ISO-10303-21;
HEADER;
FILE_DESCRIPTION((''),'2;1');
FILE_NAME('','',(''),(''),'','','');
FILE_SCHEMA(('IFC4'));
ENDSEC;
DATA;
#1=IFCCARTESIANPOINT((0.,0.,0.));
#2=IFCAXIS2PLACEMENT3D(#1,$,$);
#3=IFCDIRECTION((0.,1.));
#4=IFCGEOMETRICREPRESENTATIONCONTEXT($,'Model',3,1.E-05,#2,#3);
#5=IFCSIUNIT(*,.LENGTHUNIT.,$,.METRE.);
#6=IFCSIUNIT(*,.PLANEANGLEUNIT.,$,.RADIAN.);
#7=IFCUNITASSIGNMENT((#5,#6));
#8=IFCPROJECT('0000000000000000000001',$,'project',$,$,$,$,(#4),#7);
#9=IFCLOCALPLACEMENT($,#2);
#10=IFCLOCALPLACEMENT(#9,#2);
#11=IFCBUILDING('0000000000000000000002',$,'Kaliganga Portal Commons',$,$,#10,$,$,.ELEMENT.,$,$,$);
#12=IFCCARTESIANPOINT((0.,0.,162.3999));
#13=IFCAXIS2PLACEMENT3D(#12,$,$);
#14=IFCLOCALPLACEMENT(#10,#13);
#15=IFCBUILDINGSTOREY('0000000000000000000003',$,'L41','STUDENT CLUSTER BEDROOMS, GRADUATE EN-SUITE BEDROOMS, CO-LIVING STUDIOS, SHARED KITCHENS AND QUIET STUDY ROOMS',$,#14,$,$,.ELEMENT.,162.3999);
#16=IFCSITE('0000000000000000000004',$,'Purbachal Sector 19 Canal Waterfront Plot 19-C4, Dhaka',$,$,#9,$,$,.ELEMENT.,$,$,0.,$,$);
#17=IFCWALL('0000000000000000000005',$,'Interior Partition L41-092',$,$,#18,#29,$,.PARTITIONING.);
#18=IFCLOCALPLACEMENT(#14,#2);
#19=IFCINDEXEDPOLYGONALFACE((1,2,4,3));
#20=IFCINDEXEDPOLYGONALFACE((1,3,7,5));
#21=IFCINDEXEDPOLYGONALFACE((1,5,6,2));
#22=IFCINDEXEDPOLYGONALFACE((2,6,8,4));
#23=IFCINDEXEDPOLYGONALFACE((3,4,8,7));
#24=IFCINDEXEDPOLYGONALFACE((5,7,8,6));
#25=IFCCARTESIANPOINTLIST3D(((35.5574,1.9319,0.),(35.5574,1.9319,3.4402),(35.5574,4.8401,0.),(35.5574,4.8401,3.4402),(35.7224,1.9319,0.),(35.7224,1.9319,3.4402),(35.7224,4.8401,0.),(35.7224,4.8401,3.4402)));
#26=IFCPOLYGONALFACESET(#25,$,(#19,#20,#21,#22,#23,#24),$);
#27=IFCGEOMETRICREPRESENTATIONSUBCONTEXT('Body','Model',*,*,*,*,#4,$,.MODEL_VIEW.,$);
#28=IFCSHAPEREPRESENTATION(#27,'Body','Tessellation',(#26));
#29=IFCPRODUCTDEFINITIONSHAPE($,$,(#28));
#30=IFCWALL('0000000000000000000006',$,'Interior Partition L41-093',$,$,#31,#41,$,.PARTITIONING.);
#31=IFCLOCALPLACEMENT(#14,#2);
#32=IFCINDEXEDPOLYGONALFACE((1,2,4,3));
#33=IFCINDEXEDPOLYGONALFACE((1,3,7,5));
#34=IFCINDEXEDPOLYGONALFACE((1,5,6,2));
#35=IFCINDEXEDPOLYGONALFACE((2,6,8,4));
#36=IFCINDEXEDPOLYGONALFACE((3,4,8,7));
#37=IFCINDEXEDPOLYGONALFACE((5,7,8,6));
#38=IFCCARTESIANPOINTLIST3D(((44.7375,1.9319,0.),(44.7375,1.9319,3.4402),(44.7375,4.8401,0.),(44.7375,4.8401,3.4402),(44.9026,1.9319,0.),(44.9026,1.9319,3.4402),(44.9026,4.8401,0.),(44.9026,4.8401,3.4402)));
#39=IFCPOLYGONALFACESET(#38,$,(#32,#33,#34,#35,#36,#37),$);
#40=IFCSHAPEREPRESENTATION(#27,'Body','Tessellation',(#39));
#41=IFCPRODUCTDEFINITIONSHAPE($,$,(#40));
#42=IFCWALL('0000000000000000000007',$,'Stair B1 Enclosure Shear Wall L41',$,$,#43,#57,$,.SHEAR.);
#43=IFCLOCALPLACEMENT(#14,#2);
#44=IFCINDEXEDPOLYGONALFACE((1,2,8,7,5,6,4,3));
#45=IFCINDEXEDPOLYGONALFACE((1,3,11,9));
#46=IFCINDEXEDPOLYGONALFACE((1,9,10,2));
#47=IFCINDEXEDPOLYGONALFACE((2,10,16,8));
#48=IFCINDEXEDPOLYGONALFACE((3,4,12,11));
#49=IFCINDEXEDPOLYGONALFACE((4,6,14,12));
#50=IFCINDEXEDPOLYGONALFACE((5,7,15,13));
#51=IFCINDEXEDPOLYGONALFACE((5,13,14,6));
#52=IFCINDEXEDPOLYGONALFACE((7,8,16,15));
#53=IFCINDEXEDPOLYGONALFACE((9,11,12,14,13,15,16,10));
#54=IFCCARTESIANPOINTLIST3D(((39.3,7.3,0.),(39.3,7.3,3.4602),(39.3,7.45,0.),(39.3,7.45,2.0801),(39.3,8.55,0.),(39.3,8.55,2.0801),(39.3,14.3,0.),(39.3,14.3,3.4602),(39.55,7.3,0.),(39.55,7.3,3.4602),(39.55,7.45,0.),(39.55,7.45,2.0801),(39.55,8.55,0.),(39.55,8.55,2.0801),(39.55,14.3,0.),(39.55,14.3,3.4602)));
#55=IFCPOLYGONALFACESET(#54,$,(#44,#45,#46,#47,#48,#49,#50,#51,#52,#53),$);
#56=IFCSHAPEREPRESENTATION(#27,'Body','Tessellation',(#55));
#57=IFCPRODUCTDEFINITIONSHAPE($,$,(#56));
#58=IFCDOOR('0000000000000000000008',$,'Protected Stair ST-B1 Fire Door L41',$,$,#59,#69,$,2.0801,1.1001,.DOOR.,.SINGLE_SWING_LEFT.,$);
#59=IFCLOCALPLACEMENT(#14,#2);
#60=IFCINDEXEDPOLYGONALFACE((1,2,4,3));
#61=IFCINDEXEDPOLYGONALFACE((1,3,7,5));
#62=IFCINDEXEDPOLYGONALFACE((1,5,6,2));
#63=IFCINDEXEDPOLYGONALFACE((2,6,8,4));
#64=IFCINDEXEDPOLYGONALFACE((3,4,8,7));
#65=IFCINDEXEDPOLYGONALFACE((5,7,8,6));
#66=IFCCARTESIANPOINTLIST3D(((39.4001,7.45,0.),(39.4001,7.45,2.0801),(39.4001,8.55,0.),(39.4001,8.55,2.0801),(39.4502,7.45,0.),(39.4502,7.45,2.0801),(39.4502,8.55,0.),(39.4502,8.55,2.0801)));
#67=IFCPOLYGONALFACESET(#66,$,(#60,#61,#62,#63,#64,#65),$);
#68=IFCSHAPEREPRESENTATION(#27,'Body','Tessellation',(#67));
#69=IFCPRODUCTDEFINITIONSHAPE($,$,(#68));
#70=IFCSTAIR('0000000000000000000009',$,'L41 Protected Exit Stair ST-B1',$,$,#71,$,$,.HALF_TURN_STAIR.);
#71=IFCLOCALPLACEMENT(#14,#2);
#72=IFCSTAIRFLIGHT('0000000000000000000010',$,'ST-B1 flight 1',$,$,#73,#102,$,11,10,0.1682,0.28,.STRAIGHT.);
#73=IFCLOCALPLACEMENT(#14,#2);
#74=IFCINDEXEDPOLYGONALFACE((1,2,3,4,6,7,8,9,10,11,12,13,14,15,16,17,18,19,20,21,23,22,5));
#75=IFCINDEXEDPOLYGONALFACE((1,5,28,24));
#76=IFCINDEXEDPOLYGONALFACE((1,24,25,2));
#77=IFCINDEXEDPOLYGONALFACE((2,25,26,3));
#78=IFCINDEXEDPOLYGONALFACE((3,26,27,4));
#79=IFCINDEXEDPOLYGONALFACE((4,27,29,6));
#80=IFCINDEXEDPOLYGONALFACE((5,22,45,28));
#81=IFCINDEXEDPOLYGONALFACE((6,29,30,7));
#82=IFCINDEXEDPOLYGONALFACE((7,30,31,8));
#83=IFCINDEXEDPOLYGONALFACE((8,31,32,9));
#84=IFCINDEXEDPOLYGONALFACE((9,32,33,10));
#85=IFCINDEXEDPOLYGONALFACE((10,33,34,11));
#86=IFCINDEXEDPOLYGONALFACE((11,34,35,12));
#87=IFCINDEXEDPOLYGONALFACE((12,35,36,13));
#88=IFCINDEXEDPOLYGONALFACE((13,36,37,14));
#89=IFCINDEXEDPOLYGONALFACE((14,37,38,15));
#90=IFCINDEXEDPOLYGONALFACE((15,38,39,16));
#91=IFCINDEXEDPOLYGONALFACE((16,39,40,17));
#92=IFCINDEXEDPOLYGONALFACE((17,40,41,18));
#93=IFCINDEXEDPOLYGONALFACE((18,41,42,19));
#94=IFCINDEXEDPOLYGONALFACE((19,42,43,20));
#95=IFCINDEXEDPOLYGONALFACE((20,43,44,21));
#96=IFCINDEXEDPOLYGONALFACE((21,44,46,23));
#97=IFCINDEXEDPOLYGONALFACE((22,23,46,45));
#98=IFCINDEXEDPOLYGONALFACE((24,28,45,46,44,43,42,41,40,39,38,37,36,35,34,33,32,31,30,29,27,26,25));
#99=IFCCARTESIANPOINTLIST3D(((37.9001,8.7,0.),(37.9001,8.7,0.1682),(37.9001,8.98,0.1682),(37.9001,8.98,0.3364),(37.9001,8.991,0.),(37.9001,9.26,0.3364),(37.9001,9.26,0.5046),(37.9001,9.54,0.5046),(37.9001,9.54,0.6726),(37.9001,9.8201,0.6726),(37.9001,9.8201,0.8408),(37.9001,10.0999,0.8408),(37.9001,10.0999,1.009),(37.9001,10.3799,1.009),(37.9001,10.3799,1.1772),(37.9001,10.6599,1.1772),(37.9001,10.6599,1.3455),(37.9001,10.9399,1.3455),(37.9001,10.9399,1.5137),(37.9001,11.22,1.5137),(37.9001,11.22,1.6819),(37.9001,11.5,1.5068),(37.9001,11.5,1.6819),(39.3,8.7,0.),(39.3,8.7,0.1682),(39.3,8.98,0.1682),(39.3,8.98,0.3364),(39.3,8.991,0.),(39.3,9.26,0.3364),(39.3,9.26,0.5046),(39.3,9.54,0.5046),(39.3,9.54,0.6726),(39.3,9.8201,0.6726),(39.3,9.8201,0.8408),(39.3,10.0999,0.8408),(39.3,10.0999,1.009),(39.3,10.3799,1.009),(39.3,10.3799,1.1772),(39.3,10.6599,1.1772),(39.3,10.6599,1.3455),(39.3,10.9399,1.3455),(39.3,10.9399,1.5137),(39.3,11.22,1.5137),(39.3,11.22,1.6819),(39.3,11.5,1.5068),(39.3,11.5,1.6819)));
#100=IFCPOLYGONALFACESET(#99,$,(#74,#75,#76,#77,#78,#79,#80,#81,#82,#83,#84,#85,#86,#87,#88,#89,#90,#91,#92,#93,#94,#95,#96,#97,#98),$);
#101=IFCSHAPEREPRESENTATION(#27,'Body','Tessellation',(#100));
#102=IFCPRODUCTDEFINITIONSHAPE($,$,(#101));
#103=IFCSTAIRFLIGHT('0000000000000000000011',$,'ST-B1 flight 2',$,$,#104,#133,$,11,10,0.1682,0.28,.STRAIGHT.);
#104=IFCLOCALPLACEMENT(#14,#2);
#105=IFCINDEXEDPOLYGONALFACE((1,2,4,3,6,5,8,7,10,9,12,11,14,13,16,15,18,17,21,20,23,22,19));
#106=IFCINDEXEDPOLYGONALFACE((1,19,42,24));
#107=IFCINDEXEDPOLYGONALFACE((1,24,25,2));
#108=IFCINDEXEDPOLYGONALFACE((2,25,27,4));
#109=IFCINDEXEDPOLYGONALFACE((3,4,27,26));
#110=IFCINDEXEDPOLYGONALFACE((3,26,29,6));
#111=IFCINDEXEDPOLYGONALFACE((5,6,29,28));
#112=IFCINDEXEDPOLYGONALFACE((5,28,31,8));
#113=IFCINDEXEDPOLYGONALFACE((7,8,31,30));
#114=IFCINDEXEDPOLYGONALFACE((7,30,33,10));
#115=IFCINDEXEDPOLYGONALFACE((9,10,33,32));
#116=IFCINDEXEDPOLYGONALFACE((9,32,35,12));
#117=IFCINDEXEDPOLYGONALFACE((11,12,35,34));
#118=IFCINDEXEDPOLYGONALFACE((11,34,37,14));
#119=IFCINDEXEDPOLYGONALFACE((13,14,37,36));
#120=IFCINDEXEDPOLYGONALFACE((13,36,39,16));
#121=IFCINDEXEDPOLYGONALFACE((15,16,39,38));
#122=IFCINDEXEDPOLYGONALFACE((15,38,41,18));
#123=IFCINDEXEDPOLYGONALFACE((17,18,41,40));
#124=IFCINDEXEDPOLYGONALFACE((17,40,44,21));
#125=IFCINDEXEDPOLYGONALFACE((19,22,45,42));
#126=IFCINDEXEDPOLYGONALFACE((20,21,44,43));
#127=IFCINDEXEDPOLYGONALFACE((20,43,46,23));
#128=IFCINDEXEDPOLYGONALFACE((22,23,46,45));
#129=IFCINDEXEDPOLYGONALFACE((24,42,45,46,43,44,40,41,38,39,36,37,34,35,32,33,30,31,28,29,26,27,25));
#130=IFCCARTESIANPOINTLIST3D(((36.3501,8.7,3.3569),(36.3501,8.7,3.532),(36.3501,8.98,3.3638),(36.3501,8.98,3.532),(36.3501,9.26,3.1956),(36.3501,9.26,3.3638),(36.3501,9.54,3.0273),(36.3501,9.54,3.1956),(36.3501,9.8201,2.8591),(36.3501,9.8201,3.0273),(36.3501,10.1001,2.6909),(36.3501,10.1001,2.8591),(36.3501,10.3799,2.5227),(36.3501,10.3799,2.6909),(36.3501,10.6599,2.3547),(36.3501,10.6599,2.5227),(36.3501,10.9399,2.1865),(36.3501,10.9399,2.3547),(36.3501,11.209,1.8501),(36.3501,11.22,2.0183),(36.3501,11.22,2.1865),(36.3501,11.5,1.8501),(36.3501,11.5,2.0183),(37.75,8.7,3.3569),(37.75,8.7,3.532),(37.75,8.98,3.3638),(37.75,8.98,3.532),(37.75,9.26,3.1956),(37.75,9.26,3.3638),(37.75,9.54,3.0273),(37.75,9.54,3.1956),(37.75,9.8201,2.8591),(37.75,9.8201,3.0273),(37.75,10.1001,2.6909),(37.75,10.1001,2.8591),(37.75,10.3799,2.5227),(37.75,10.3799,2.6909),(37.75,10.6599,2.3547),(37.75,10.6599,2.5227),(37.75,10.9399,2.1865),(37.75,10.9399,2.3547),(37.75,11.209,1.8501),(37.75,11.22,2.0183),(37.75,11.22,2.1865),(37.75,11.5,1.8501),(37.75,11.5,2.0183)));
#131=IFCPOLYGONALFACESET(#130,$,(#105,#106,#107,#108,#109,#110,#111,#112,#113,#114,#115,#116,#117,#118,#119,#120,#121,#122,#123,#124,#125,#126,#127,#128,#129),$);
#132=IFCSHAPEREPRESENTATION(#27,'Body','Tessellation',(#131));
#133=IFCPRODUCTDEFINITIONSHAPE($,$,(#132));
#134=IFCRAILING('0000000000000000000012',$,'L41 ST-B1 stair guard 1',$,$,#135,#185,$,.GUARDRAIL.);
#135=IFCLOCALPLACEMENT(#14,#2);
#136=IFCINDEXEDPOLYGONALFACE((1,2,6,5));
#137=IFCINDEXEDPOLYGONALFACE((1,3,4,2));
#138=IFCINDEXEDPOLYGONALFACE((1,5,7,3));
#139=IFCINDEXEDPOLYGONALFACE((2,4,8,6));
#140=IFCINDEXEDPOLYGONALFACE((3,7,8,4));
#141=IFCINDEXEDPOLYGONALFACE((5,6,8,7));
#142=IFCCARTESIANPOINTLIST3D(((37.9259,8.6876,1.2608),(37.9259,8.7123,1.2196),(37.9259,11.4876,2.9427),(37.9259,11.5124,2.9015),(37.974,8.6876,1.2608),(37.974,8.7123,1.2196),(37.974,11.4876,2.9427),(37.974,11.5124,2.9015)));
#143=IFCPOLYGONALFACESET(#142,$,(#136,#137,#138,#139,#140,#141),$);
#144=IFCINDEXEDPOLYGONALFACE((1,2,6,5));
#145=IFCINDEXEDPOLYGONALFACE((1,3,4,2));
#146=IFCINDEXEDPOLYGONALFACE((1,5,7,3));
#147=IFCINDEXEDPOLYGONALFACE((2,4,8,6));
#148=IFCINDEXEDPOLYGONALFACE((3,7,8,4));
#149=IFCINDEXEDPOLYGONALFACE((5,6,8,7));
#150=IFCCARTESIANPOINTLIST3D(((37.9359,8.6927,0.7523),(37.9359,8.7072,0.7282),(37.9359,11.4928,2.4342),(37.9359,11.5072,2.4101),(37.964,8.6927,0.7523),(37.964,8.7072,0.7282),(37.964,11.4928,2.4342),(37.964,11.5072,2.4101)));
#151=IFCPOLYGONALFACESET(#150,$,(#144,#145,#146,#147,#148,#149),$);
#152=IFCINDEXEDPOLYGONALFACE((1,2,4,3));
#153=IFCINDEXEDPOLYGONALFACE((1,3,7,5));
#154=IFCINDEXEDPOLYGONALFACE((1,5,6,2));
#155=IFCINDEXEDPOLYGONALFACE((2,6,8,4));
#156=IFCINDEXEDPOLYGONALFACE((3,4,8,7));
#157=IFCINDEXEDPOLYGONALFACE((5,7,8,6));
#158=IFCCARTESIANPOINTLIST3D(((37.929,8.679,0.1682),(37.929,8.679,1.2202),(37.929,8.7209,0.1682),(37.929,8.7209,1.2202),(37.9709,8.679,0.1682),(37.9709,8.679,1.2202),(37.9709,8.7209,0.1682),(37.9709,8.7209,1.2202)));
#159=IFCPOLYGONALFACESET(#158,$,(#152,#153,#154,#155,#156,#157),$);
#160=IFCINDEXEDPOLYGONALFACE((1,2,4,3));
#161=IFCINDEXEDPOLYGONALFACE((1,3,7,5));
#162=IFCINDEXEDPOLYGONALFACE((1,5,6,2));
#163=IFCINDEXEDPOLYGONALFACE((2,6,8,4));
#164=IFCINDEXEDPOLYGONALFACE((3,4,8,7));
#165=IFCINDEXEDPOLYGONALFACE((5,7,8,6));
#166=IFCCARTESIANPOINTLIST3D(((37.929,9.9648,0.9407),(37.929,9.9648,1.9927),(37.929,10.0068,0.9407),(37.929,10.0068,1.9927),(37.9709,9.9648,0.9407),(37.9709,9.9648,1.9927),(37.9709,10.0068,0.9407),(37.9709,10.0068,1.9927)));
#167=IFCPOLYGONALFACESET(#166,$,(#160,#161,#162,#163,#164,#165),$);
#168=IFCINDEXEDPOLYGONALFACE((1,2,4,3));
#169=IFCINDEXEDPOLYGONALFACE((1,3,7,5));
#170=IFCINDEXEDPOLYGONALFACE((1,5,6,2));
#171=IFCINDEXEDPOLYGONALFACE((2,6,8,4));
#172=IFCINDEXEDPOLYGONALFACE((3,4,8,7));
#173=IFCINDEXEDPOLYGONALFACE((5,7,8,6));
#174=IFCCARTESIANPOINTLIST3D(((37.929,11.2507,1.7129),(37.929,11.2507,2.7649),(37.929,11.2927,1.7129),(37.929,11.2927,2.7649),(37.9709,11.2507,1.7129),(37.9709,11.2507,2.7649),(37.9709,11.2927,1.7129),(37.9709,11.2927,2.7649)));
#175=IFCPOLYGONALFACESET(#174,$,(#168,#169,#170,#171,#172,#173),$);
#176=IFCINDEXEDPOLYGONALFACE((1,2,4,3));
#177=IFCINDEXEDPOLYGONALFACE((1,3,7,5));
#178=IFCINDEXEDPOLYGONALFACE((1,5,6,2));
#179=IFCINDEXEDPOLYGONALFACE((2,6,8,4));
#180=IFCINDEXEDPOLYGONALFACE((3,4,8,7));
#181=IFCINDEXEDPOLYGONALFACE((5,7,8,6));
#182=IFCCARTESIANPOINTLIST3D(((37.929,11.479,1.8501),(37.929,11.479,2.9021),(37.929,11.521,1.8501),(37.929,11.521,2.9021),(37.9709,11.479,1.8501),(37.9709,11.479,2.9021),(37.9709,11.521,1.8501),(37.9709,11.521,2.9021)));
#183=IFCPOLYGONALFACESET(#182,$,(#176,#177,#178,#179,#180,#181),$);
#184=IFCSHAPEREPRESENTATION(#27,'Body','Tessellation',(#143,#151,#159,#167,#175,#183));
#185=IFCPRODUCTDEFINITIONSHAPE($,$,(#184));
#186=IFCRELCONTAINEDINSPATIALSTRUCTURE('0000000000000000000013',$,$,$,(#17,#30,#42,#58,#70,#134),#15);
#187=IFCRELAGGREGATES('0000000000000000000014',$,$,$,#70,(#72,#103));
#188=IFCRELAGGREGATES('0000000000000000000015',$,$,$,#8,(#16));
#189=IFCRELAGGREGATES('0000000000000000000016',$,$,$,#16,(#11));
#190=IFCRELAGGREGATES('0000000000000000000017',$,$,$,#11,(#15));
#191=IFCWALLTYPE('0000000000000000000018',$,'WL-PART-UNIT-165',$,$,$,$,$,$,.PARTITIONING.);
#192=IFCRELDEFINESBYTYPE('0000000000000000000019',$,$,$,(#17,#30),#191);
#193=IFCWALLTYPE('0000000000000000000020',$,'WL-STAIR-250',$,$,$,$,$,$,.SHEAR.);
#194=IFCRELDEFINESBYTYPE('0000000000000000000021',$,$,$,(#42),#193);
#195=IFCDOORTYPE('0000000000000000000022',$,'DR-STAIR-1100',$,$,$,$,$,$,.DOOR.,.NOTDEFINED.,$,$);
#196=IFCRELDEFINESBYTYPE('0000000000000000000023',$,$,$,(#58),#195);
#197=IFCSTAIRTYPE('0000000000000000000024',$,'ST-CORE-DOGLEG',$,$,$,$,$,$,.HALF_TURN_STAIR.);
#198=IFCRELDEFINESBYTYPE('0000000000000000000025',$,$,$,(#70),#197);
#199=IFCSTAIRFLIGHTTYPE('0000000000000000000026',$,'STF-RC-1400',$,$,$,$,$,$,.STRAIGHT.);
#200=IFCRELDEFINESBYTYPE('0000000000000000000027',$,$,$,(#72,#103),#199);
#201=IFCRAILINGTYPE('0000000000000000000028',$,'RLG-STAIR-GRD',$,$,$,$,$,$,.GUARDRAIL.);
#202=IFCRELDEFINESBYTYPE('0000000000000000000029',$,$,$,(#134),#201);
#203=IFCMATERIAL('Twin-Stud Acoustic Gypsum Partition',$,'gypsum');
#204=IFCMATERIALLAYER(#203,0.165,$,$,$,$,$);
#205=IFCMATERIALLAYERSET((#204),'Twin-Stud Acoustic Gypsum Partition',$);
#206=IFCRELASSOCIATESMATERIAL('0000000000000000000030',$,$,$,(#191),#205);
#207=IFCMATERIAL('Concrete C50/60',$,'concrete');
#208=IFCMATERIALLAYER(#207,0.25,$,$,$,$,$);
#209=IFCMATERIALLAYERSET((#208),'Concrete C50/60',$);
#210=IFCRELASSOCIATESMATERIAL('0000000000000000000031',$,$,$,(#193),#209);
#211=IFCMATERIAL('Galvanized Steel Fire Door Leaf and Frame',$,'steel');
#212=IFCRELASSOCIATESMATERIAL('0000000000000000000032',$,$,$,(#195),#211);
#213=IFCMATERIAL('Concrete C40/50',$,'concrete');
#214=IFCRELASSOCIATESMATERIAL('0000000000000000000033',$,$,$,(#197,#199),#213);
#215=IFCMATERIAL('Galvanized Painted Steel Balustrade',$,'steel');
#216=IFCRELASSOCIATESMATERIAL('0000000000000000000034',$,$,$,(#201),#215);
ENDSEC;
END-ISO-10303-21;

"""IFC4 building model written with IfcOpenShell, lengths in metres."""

from ifc_helpers import new_model, si_unit, direction, frame, frame_2d, origin, origin_2d, place, context, subcontext, project, spatial, polyline, rectangle, outline, extrude, material, layer, layer_set, type_object, element, fill, aggregate, save


model = new_model("IFC4")

# Units and contexts
model_context = context("Model", 3, precision=1e-05, world=origin(), true_north=direction((0.0, 1.0)))
body_context = subcontext(model_context, "Body", "Model", "MODEL_VIEW")
ifc_project = project(units=[si_unit("LENGTHUNIT", "METRE"), si_unit("PLANEANGLEUNIT", "RADIAN")], contexts=[model_context])

# Site, building, storey
site_placement = place(None, origin())
site = spatial("IfcSite", under=ifc_project, at=site_placement, Name="Purbachal Sector 19 Canal Waterfront Plot 19-C4, Dhaka", CompositionType="ELEMENT", RefElevation=0.0)
building_placement = place(site_placement, origin())
building = spatial("IfcBuilding", under=site, at=building_placement, Name="Kaliganga Portal Commons", CompositionType="ELEMENT")
storey_placement = place(building_placement, frame((0.0, 0.0, 162.3999)))
storey = spatial("IfcBuildingStorey", under=building, at=storey_placement, Name="L41", Description="STUDENT CLUSTER BEDROOMS, GRADUATE EN-SUITE BEDROOMS, CO-LIVING STUDIOS, SHARED KITCHENS AND QUIET STUDY ROOMS", CompositionType="ELEMENT", Elevation=162.3999)

# Shared definitions
ifc_material_1 = material(Name="Concrete C50/60", Category="concrete")

# Walls
ifc_material_2 = material(Name="Twin-Stud Acoustic Gypsum Partition", Category="gypsum")
ifc_layer_1 = layer(ifc_material_2, 0.165)
ifc_layer_set_1 = layer_set([ifc_layer_1], Name="Twin-Stud Acoustic Gypsum Partition")
wall_type_1 = type_object("IfcWallType", Name="WL-PART-UNIT-165", PredefinedType="PARTITIONING", material=ifc_layer_set_1)
for number, where, z_axis, x_axis, name in (
    (1, (35.6399, 1.9319, 0.0), (0.0, 0.0, 1.0), (0.0, 1.0, 0.0), "Interior Partition L41-092"),
    (2, (44.8201, 1.9319, 0.0), (0.0, 0.0, 1.0), (0.0, 1.0, 0.0), "Interior Partition L41-093"),
):
    element("IfcWall", number, at=place(storey_placement, frame(where, z_axis=z_axis, x_axis=x_axis)), inside=storey, type_object=wall_type_1, Name=name, PredefinedType="PARTITIONING", context=body_context, shape_type="SweptSolid", body=[
        extrude(rectangle(XDim=2.9082, YDim=0.165, at=frame_2d((1.4541, 0.0))), origin(), (0.0, 0.0, 1.0), 3.4402),
    ])

# Wall, opening, door
ifc_layer_2 = layer(ifc_material_1, 0.25)
ifc_layer_set_2 = layer_set([ifc_layer_2], Name="Concrete C50/60")
wall_type_2 = type_object("IfcWallType", Name="WL-STAIR-250", PredefinedType="SHEAR", material=ifc_layer_set_2)
wall_1_placement = place(storey_placement, frame((39.425, 7.3, 0.0), z_axis=(0.0, 0.0, 1.0), x_axis=(0.0, 1.0, 0.0)))
wall_1 = element("IfcWall", 3, at=wall_1_placement, inside=storey, type_object=wall_type_2, Name="Stair B1 Enclosure Shear Wall L41", PredefinedType="SHEAR", context=body_context, shape_type="SweptSolid", body=[
    extrude(rectangle(XDim=7.0, YDim=0.25, at=frame_2d((3.5, 0.0))), origin(), (0.0, 0.0, 1.0), 3.4602),
])
opening_1_placement = place(wall_1_placement, frame((0.1499, 0.0, 0.0)))
opening_1 = element("IfcOpeningElement", 4, at=opening_1_placement, cuts=wall_1, PredefinedType="OPENING", context=body_context, shape_type="SweptSolid", body=[
    extrude(rectangle(XDim=1.1001, YDim=2.0801, at=frame_2d((0.55, 1.04))), frame((0.0, 0.135, 0.0), z_axis=(0.0, -1.0, 0.0), x_axis=(1.0, 0.0, 0.0)), (0.0, 0.0, 1.0), 0.27),
])
ifc_material_3 = material(Name="Galvanized Steel Fire Door Leaf and Frame", Category="steel")
door_type_1 = type_object("IfcDoorType", Name="DR-STAIR-1100", OperationType="NOTDEFINED", PredefinedType="DOOR", material=ifc_material_3)
door_1_placement = place(opening_1_placement, origin())
door_1 = element("IfcDoor", 5, at=door_1_placement, inside=storey, type_object=door_type_1, Name="Protected Stair ST-B1 Fire Door L41", OperationType="SINGLE_SWING_LEFT", OverallHeight=2.0801, OverallWidth=1.1001, PredefinedType="DOOR", context=body_context, shape_type="SweptSolid", body=[
    extrude(rectangle(XDim=1.1001, YDim=2.0801, at=frame_2d((0.55, 1.04))), frame((0.0, 0.0249, 0.0), z_axis=(0.0, -1.0, 0.0), x_axis=(1.0, 0.0, 0.0)), (0.0, 0.0, 1.0), 0.05),
])
fill(opening_1, door_1)

# Stair, stair flights
ifc_material_4 = material(Name="Concrete C40/50", Category="concrete")
stair_type = type_object("IfcStairType", Name="ST-CORE-DOGLEG", PredefinedType="HALF_TURN_STAIR", material=ifc_material_4)
stair_placement = place(storey_placement, origin())
stair = element("IfcStair", 6, at=stair_placement, inside=storey, type_object=stair_type, Name="L41 Protected Exit Stair ST-B1", PredefinedType="HALF_TURN_STAIR")
stair_flight_type = type_object("IfcStairFlightType", Name="STF-RC-1400", PredefinedType="STRAIGHT", material=ifc_material_4)
stair_flight_1_placement = place(storey_placement, frame((38.6001, 8.7, 0.0), z_axis=(0.0, 0.0, 1.0), x_axis=(0.0, 1.0, 0.0)))
stair_flight_1 = element("IfcStairFlight", 7, at=stair_flight_1_placement, type_object=stair_flight_type, Name="ST-B1 flight 1", NumberOfRisers=11, NumberOfTreads=10, PredefinedType="STRAIGHT", RiserHeight=0.1682, TreadLength=0.28, context=body_context, shape_type="SweptSolid", body=[
    extrude(outline(polyline([(0.0, 0.0), (0.0, 0.1682), (0.28, 0.1682), (0.28, 0.3364), (0.5601, 0.3364), (0.5601, 0.5046), (0.8401, 0.5046), (0.8401, 0.6726), (1.1201, 0.6726), (1.1201, 0.8408), (1.3999, 0.8408), (1.3999, 1.009), (1.6799, 1.009), (1.6799, 1.1772), (1.96, 1.1772), (1.96, 1.3455), (2.24, 1.3455), (2.24, 1.5137), (2.52, 1.5137), (2.52, 1.6819), (2.8, 1.6819), (2.8, 1.8501), (2.8, 1.5068), (0.291, 0.0), (0.0, 0.0)])), frame((0.0, 0.7, 0.0), z_axis=(0.0, -1.0, 0.0), x_axis=(1.0, 0.0, 0.0)), (0.0, 0.0, 1.0), 1.3999),
])
stair_flight_2_placement = place(storey_placement, frame((37.05, 11.5, 1.8501), z_axis=(0.0, 0.0, 1.0), x_axis=(0.0, -1.0, 0.0)))
stair_flight_2 = element("IfcStairFlight", 8, at=stair_flight_2_placement, type_object=stair_flight_type, Name="ST-B1 flight 2", NumberOfRisers=11, NumberOfTreads=10, PredefinedType="STRAIGHT", RiserHeight=0.1682, TreadLength=0.28, context=body_context, shape_type="SweptSolid", body=[
    extrude(outline(polyline([(0.0, 0.0), (0.0, 0.1682), (0.28, 0.1682), (0.28, 0.3364), (0.5601, 0.3364), (0.5601, 0.5046), (0.8401, 0.5046), (0.8401, 0.6726), (1.1201, 0.6726), (1.1201, 0.8408), (1.3999, 0.8408), (1.3999, 1.009), (1.6799, 1.009), (1.6799, 1.1772), (1.96, 1.1772), (1.96, 1.3455), (2.24, 1.3455), (2.24, 1.5137), (2.52, 1.5137), (2.52, 1.6819), (2.8, 1.6819), (2.8, 1.8501), (2.8, 1.5068), (0.291, 0.0), (0.0, 0.0)])), frame((0.0, 0.7, 0.0), z_axis=(0.0, -1.0, 0.0), x_axis=(1.0, 0.0, 0.0)), (0.0, 0.0, 1.0), 1.3999),
])
aggregate(stair, [stair_flight_1, stair_flight_2])

# Railing
ifc_material_5 = material(Name="Galvanized Painted Steel Balustrade", Category="steel")
railing_type_1 = type_object("IfcRailingType", Name="RLG-STAIR-GRD", PredefinedType="GUARDRAIL", material=ifc_material_5)
railing_1_placement = place(storey_placement, frame((37.95, 8.7, 0.1682)))
element("IfcRailing", 9, at=railing_1_placement, inside=storey, type_object=railing_type_1, Name="L41 ST-B1 stair guard 1", PredefinedType="GUARDRAIL", context=body_context, shape_type="SweptSolid", body=[
    extrude(rectangle(XDim=0.0481, YDim=0.0481, at=origin_2d()), frame((0.0, 0.0, 1.072), z_axis=(0.0, 0.857242, 0.514913), x_axis=(-1.0, 0.0, 0.0)), (0.0, 0.0, 1.0), 3.2664),
    extrude(rectangle(XDim=0.0281, YDim=0.0281, at=origin_2d()), frame((0.0, 0.0, 0.572), z_axis=(0.0, 0.857242, 0.514913), x_axis=(-1.0, 0.0, 0.0)), (0.0, 0.0, 1.0), 3.2664),
    extrude(rectangle(XDim=0.042, YDim=0.042, at=origin_2d()), origin(), (0.0, 0.0, 1.0), 1.052),
    extrude(rectangle(XDim=0.042, YDim=0.042, at=origin_2d()), frame((0.0, 1.2859, 0.7725)), (0.0, 0.0, 1.0), 1.052),
    extrude(rectangle(XDim=0.042, YDim=0.042, at=origin_2d()), frame((0.0, 2.5718, 1.5447)), (0.0, 0.0, 1.0), 1.052),
    extrude(rectangle(XDim=0.042, YDim=0.042, at=origin_2d()), frame((0.0, 2.8, 1.6819)), (0.0, 0.0, 1.0), 1.052),
])

save(model, "model.ifc")
